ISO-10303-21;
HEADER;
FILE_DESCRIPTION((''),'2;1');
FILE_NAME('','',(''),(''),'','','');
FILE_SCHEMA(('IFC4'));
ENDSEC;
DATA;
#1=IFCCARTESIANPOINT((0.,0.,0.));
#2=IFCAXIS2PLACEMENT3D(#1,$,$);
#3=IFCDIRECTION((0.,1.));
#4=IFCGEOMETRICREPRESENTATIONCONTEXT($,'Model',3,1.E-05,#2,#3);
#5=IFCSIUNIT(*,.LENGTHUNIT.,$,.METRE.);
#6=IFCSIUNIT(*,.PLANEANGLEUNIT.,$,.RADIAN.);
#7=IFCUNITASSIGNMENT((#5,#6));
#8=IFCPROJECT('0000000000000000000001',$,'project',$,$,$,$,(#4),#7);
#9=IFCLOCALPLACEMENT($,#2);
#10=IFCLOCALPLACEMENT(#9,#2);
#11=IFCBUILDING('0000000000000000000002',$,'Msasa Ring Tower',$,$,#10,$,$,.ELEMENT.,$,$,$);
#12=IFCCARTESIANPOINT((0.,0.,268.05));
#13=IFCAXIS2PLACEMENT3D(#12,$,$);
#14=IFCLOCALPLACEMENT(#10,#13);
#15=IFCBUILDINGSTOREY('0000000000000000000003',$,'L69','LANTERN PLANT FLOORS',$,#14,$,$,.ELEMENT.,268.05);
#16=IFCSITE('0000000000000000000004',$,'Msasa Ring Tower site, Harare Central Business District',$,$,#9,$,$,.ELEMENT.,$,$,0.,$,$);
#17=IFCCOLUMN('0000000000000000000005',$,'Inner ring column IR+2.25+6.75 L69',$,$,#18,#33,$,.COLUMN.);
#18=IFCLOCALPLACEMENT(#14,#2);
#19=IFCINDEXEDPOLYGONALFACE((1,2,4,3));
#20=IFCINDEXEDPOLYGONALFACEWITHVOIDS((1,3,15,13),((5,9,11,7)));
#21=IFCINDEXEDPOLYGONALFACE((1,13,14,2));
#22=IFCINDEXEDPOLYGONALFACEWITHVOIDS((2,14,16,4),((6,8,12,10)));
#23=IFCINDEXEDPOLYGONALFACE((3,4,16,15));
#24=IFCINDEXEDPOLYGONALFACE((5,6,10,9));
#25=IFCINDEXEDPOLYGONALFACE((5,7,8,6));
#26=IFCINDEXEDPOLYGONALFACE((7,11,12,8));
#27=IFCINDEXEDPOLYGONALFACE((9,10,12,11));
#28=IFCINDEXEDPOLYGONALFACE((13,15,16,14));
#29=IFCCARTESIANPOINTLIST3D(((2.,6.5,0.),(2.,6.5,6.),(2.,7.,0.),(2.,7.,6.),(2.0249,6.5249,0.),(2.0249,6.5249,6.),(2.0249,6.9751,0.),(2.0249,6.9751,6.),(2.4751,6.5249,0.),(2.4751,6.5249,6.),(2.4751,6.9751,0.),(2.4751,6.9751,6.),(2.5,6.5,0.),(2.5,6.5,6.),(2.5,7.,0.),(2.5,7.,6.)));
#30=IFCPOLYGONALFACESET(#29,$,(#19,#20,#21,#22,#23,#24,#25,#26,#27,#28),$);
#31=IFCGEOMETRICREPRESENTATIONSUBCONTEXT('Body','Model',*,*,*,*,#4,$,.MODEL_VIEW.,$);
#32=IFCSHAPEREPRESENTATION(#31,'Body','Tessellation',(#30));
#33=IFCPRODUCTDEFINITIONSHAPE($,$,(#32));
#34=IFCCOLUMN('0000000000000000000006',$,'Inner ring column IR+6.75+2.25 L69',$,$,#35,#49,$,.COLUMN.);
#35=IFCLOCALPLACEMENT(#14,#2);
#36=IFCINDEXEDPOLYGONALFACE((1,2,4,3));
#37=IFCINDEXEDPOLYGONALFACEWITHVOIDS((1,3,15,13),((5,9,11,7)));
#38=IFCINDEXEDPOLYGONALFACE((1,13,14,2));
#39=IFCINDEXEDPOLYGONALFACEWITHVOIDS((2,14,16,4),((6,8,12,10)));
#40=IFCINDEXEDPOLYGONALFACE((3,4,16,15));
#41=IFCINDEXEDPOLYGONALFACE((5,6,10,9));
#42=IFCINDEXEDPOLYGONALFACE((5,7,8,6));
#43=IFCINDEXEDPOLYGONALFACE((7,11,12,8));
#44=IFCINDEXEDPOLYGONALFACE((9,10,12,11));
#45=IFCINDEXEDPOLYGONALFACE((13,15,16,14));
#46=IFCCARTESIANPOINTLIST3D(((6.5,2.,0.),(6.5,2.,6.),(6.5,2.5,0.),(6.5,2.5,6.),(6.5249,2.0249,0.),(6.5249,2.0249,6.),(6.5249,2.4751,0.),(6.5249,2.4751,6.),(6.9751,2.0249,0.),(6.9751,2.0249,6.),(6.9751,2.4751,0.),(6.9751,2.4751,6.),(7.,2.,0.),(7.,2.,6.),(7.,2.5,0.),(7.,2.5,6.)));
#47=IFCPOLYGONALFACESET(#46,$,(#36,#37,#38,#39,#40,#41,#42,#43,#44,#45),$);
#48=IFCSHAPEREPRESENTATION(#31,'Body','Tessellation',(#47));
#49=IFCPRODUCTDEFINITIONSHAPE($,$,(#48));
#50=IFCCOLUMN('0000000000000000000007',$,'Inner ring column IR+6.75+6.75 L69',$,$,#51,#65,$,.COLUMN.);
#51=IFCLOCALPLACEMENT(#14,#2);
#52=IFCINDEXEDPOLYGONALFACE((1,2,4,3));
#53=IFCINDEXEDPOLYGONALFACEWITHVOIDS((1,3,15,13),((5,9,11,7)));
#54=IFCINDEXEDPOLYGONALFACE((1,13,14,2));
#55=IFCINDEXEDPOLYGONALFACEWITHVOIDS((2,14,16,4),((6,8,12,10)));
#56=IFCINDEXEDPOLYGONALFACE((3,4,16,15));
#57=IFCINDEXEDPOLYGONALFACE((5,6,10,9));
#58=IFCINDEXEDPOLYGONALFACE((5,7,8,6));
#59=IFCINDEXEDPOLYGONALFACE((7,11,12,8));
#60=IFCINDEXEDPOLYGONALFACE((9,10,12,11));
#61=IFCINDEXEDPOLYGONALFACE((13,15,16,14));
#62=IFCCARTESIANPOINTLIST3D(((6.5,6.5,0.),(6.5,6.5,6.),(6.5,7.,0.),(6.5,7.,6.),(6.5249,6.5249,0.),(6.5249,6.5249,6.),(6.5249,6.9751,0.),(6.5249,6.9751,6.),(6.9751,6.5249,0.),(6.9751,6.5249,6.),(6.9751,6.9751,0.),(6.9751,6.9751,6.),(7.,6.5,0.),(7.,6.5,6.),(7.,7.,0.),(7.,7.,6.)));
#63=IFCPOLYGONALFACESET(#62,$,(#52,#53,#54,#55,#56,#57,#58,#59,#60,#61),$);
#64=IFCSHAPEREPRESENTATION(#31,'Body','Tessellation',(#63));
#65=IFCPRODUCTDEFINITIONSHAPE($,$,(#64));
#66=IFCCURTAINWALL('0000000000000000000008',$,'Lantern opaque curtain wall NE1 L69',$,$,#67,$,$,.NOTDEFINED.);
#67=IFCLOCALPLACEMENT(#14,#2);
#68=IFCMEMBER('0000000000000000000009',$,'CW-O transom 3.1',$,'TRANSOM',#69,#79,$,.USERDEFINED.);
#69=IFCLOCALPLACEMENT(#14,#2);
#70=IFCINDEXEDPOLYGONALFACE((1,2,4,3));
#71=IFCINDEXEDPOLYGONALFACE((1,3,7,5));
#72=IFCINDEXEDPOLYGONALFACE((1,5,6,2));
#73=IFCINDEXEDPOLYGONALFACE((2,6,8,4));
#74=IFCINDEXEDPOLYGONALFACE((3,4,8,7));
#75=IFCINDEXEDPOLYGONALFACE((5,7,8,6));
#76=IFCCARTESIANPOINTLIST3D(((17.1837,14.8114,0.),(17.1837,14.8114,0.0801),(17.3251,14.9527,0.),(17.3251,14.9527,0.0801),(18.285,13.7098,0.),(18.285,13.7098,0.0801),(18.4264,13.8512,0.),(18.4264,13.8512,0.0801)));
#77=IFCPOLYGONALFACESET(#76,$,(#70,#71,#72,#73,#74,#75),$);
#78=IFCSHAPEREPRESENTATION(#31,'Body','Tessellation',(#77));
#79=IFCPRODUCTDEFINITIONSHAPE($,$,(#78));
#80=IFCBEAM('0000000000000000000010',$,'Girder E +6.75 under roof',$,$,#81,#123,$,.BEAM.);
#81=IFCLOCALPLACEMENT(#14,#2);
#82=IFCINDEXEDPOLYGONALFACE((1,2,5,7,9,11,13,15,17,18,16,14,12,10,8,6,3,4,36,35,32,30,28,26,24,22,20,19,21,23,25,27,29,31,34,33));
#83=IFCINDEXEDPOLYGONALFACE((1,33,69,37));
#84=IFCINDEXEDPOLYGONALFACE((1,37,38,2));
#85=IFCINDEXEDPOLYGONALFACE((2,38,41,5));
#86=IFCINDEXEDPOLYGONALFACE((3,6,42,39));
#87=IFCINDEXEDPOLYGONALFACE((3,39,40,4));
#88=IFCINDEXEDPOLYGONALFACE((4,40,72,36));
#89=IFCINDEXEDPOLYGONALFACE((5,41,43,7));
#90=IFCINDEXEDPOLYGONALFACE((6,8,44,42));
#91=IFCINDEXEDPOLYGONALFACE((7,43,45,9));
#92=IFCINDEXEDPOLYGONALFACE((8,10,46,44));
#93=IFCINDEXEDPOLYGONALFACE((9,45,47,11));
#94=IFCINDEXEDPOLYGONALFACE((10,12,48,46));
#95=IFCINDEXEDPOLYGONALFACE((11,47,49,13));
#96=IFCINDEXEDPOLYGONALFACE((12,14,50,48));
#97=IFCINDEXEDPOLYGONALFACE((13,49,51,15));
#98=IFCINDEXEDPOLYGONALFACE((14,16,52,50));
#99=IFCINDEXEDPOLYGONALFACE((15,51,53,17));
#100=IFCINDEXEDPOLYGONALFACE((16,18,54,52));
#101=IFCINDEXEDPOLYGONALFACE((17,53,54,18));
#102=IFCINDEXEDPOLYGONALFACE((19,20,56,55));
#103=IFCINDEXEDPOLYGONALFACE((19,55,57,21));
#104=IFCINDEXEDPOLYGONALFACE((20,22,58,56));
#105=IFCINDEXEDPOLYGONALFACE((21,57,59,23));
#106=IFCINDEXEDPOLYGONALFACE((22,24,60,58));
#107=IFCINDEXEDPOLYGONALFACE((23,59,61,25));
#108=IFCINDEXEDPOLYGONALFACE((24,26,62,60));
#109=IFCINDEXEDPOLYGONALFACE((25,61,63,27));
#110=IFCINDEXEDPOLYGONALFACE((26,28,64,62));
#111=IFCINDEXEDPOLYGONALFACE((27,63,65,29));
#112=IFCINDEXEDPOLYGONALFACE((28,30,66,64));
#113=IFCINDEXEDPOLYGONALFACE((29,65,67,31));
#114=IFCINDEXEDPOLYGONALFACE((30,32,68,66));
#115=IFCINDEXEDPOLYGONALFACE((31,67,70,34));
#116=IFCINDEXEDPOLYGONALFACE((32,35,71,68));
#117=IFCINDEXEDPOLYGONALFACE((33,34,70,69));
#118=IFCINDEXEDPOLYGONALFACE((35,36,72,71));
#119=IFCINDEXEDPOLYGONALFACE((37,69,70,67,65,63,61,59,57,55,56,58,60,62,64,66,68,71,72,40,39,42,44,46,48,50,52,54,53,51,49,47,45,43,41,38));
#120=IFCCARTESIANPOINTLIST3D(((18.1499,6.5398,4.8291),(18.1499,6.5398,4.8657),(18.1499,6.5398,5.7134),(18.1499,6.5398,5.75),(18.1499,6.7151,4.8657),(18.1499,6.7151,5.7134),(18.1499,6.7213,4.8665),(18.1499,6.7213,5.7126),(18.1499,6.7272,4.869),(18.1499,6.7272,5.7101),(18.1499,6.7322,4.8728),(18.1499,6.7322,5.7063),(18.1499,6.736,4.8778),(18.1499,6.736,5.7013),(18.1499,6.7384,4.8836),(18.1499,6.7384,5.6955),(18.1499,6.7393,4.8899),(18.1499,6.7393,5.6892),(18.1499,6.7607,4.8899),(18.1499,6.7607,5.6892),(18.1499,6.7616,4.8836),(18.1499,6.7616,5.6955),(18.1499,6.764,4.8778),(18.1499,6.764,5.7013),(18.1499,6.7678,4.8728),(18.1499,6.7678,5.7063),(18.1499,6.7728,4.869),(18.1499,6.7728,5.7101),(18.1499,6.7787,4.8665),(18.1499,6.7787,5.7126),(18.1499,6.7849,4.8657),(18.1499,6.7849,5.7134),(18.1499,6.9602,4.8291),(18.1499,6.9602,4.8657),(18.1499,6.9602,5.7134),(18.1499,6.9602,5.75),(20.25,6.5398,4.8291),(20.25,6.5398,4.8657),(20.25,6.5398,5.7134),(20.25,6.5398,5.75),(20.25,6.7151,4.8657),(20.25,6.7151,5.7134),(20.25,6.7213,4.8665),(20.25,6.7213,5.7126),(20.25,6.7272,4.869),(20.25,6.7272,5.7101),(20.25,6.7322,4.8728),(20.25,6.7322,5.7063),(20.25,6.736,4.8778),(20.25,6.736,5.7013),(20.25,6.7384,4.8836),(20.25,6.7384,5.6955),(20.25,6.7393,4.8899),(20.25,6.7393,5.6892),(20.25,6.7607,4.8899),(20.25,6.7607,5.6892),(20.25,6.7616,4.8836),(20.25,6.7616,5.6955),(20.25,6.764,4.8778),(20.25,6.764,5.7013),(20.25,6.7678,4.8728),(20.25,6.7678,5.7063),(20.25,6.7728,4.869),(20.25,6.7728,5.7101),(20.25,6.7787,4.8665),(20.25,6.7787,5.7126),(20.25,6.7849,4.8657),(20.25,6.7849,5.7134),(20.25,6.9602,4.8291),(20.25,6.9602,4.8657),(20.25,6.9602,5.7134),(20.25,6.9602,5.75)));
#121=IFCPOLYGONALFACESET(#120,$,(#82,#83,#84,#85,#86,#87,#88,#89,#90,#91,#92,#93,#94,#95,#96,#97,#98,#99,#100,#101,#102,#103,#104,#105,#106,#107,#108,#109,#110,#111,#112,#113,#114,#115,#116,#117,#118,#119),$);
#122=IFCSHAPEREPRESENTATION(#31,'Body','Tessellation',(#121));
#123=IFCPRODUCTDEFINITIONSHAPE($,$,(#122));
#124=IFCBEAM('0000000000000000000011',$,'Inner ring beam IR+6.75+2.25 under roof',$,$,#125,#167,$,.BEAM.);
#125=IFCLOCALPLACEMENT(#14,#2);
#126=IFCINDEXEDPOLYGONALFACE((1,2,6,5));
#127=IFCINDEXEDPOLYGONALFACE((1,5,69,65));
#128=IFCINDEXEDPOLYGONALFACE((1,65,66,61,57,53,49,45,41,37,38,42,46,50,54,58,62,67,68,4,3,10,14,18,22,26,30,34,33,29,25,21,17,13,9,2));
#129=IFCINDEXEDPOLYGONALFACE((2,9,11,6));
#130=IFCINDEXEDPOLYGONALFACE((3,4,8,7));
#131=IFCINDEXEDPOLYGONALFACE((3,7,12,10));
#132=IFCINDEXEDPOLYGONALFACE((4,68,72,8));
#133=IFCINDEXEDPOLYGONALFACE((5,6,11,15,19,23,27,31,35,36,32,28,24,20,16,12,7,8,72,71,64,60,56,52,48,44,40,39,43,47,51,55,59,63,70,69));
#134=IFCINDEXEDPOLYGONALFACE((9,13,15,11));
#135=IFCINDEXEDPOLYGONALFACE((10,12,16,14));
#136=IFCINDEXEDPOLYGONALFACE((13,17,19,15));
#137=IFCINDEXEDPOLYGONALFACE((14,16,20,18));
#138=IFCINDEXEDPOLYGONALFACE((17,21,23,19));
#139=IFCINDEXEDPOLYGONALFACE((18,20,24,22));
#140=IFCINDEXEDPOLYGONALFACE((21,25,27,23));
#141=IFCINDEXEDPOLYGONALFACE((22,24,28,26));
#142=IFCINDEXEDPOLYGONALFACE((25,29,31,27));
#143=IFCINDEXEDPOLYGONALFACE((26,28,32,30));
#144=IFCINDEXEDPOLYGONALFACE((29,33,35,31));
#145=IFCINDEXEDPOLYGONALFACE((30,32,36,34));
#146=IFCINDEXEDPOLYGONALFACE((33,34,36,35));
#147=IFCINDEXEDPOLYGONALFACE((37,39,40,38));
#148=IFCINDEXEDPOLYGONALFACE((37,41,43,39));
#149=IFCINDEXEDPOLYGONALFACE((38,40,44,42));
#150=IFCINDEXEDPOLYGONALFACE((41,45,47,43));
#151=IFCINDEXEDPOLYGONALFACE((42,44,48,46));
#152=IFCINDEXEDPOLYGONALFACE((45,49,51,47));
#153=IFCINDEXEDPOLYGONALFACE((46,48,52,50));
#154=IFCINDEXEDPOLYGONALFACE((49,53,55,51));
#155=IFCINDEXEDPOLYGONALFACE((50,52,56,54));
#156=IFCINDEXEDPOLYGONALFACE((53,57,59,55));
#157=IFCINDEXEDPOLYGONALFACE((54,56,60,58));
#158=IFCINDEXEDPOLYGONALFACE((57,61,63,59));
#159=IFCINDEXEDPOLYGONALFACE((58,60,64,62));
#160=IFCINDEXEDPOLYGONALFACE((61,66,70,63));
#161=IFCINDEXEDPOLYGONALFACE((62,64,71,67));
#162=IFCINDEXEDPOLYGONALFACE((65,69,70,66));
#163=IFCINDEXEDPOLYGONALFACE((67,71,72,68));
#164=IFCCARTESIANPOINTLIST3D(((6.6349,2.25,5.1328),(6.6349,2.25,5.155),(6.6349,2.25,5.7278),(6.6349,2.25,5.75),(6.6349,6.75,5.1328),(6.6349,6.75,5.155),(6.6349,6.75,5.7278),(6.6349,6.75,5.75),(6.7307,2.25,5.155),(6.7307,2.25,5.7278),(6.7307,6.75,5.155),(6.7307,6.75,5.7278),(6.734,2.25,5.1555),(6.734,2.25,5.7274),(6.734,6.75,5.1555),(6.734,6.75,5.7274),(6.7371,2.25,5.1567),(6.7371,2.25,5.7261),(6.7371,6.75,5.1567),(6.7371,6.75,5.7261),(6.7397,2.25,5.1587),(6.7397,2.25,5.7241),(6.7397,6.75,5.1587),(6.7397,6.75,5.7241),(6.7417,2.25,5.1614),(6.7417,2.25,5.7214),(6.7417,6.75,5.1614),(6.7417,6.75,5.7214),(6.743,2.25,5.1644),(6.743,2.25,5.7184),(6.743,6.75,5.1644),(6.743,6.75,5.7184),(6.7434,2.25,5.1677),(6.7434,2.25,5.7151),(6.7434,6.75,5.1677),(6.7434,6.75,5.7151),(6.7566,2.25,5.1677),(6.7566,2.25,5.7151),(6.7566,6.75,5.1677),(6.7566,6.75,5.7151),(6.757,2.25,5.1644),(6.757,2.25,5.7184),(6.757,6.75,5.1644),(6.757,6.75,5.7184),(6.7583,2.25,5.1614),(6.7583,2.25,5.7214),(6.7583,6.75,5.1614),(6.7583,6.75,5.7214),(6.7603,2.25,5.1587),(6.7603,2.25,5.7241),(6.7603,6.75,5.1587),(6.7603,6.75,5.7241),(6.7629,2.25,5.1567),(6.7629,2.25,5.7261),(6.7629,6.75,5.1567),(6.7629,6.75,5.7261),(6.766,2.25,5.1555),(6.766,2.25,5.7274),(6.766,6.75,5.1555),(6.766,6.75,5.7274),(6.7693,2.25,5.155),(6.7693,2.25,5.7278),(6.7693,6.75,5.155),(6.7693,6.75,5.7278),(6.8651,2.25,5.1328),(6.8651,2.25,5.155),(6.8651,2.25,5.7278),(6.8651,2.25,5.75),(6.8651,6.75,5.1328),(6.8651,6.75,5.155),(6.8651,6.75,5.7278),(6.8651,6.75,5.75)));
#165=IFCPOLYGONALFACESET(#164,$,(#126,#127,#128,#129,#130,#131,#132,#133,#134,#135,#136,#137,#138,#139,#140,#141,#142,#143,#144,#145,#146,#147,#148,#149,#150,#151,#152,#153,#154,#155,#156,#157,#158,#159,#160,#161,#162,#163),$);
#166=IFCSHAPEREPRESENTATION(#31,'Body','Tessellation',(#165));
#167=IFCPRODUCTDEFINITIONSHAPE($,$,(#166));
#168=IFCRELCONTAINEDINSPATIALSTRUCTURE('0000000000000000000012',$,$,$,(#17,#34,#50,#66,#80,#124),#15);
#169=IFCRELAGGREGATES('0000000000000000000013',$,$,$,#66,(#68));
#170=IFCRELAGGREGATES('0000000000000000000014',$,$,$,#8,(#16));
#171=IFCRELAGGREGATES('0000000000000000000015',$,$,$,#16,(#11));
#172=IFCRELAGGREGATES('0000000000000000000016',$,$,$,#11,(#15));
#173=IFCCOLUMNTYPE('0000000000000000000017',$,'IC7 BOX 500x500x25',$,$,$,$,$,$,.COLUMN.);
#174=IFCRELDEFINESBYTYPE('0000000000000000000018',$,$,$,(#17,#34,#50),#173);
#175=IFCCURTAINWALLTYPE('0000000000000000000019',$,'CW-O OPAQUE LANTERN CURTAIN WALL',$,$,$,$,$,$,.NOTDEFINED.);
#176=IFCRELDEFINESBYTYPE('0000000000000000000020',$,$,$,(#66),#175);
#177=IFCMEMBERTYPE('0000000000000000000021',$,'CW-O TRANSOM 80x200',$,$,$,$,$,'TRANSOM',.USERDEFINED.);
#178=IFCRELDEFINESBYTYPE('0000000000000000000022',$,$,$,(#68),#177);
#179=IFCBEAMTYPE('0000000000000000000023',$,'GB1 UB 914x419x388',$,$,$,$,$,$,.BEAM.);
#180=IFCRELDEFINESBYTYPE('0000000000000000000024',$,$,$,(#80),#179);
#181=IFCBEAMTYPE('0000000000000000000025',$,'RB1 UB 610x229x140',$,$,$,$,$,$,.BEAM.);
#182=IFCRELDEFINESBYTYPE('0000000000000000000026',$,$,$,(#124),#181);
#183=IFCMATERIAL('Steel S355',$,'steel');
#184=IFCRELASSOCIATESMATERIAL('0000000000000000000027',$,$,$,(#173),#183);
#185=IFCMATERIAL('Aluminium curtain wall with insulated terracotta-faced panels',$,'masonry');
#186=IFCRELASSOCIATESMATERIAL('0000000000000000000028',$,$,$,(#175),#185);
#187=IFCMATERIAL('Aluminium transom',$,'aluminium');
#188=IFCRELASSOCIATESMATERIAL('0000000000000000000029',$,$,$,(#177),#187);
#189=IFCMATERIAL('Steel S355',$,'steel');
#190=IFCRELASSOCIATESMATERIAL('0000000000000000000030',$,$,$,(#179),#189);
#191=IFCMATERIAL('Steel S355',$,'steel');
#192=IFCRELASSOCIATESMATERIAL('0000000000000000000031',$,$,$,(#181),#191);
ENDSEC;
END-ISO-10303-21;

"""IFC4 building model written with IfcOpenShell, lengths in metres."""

from ifc_helpers import new_model, si_unit, direction, frame, origin, origin_2d, place, context, subcontext, project, spatial, rectangle, hollow_rectangle, i_section, extrude, material, material_profile, profile_set, type_object, element, aggregate, save


model = new_model("IFC4")

# Units and contexts
model_context = context("Model", 3, precision=1e-05, world=origin(), true_north=direction((0.0, 1.0)))
body_context = subcontext(model_context, "Body", "Model", "MODEL_VIEW")
ifc_project = project(units=[si_unit("LENGTHUNIT", "METRE"), si_unit("PLANEANGLEUNIT", "RADIAN")], contexts=[model_context])

# Site, building, storey
site_placement = place(None, origin())
site = spatial("IfcSite", under=ifc_project, at=site_placement, Name="Msasa Ring Tower site, Harare Central Business District", CompositionType="ELEMENT", RefElevation=0.0)
building_placement = place(site_placement, origin())
building = spatial("IfcBuilding", under=site, at=building_placement, Name="Msasa Ring Tower", CompositionType="ELEMENT")
storey_placement = place(building_placement, frame((0.0, 0.0, 268.05)))
storey = spatial("IfcBuildingStorey", under=building, at=storey_placement, Name="L69", Description="LANTERN PLANT FLOORS", CompositionType="ELEMENT", Elevation=268.05)

# Columns
ifc_material_1 = material(Name="Steel S355", Category="steel")
ifc_material_profile_1 = material_profile(ifc_material_1, hollow_rectangle(XDim=0.5, YDim=0.5, WallThickness=0.0249, at=origin_2d()), Name="BOX 500x500x25")
ifc_profile_set_1 = profile_set([ifc_material_profile_1], Name="Steel S355")
column_type = type_object("IfcColumnType", Name="IC7 BOX 500x500x25", PredefinedType="COLUMN", material=ifc_profile_set_1)
for number, where, z_axis, x_axis, name in (
    (1, (2.25, 6.75, 0.0), (0.0, 0.0, 1.0), (1.0, 0.0, 0.0), "Inner ring column IR+2.25+6.75 L69"),
    (2, (6.75, 2.25, 0.0), (0.0, 0.0, 1.0), (1.0, 0.0, 0.0), "Inner ring column IR+6.75+2.25 L69"),
    (3, (6.75, 6.75, 0.0), (0.0, 0.0, 1.0), (1.0, 0.0, 0.0), "Inner ring column IR+6.75+6.75 L69"),
):
    element("IfcColumn", number, at=place(storey_placement, frame(where, z_axis=z_axis, x_axis=x_axis)), inside=storey, type_object=column_type, Name=name, PredefinedType="COLUMN", context=body_context, shape_type="SweptSolid", body=[
        extrude(hollow_rectangle(XDim=0.5, YDim=0.5, WallThickness=0.0249, at=origin_2d()), origin(), (0.0, 0.0, 1.0), 6.0),
    ])

# Curtain wall, member
ifc_material_2 = material(Name="Aluminium curtain wall with insulated terracotta-faced panels", Category="masonry")
curtain_wall_type = type_object("IfcCurtainWallType", Name="CW-O OPAQUE LANTERN CURTAIN WALL", PredefinedType="NOTDEFINED", material=ifc_material_2)
curtain_wall_placement = place(storey_placement, origin())
curtain_wall = element("IfcCurtainWall", 4, at=curtain_wall_placement, inside=storey, type_object=curtain_wall_type, Name="Lantern opaque curtain wall NE1 L69", PredefinedType="NOTDEFINED")
ifc_material_3 = material(Name="Aluminium transom", Category="aluminium")
ifc_material_profile_2 = material_profile(ifc_material_3, rectangle(XDim=0.2, YDim=0.0801, at=origin_2d()), Name="AL 80x200")
ifc_profile_set_2 = profile_set([ifc_material_profile_2], Name="Aluminium transom")
member_type = type_object("IfcMemberType", Name="CW-O TRANSOM 80x200", ElementType="TRANSOM", PredefinedType="USERDEFINED", material=ifc_profile_set_2)
member_placement = place(storey_placement, frame((18.3557, 13.7805, 0.04), z_axis=(-0.707028, 0.707185, 0.0), x_axis=(-0.707185, -0.707028, 0.0)))
member = element("IfcMember", 5, at=member_placement, type_object=member_type, Name="CW-O transom 3.1", ObjectType="TRANSOM", PredefinedType="USERDEFINED", context=body_context, shape_type="SweptSolid", body=[
    extrude(rectangle(XDim=0.2, YDim=0.0801, at=origin_2d()), origin(), (0.0, 0.0, 1.0), 1.5576),
])

# Beams
ifc_material_4 = material(Name="Steel S355", Category="steel")
ifc_material_profile_3 = material_profile(ifc_material_4, i_section(OverallWidth=0.4204, OverallDepth=0.9209, WebThickness=0.0215, FlangeThickness=0.0366, FilletRadius=0.0242, at=origin_2d()), Name="UB 914x419x388")
ifc_profile_set_3 = profile_set([ifc_material_profile_3], Name="Steel S355")
beam_type_1 = type_object("IfcBeamType", Name="GB1 UB 914x419x388", PredefinedType="BEAM", material=ifc_profile_set_3)
beam_placement = place(storey_placement, frame((18.1499, 6.75, 5.2896), z_axis=(1.0, 0.0, 0.0), x_axis=(0.0, 1.0, 0.0)))
element("IfcBeam", 6, at=beam_placement, inside=storey, type_object=beam_type_1, Name="Girder E +6.75 under roof", PredefinedType="BEAM", context=body_context, shape_type="SweptSolid", body=[
    extrude(i_section(OverallWidth=0.4204, OverallDepth=0.9209, WebThickness=0.0215, FlangeThickness=0.0366, FilletRadius=0.0242, at=origin_2d()), origin(), (0.0, 0.0, 1.0), 2.1001),
])
ifc_material_5 = material(Name="Steel S355", Category="steel")
ifc_material_profile_4 = material_profile(ifc_material_5, i_section(OverallWidth=0.2302, OverallDepth=0.6172, WebThickness=0.0132, FlangeThickness=0.0222, FilletRadius=0.0127, at=origin_2d()), Name="UB 610x229x140")
ifc_profile_set_4 = profile_set([ifc_material_profile_4], Name="Steel S355")
beam_type_2 = type_object("IfcBeamType", Name="RB1 UB 610x229x140", PredefinedType="BEAM", material=ifc_profile_set_4)
for number, where, z_axis, x_axis, name in (
    (7, (6.75, 2.25, 5.4414), (0.0, 1.0, 0.0), (-1.0, 0.0, 0.0), "Inner ring beam IR+6.75+2.25 under roof"),
):
    element("IfcBeam", number, at=place(storey_placement, frame(where, z_axis=z_axis, x_axis=x_axis)), inside=storey, type_object=beam_type_2, Name=name, PredefinedType="BEAM", context=body_context, shape_type="SweptSolid", body=[
        extrude(i_section(OverallWidth=0.2302, OverallDepth=0.6172, WebThickness=0.0132, FlangeThickness=0.0222, FilletRadius=0.0127, at=origin_2d()), origin(), (0.0, 0.0, 1.0), 4.5),
    ])

aggregate(curtain_wall, [member])

save(model, "model.ifc")
